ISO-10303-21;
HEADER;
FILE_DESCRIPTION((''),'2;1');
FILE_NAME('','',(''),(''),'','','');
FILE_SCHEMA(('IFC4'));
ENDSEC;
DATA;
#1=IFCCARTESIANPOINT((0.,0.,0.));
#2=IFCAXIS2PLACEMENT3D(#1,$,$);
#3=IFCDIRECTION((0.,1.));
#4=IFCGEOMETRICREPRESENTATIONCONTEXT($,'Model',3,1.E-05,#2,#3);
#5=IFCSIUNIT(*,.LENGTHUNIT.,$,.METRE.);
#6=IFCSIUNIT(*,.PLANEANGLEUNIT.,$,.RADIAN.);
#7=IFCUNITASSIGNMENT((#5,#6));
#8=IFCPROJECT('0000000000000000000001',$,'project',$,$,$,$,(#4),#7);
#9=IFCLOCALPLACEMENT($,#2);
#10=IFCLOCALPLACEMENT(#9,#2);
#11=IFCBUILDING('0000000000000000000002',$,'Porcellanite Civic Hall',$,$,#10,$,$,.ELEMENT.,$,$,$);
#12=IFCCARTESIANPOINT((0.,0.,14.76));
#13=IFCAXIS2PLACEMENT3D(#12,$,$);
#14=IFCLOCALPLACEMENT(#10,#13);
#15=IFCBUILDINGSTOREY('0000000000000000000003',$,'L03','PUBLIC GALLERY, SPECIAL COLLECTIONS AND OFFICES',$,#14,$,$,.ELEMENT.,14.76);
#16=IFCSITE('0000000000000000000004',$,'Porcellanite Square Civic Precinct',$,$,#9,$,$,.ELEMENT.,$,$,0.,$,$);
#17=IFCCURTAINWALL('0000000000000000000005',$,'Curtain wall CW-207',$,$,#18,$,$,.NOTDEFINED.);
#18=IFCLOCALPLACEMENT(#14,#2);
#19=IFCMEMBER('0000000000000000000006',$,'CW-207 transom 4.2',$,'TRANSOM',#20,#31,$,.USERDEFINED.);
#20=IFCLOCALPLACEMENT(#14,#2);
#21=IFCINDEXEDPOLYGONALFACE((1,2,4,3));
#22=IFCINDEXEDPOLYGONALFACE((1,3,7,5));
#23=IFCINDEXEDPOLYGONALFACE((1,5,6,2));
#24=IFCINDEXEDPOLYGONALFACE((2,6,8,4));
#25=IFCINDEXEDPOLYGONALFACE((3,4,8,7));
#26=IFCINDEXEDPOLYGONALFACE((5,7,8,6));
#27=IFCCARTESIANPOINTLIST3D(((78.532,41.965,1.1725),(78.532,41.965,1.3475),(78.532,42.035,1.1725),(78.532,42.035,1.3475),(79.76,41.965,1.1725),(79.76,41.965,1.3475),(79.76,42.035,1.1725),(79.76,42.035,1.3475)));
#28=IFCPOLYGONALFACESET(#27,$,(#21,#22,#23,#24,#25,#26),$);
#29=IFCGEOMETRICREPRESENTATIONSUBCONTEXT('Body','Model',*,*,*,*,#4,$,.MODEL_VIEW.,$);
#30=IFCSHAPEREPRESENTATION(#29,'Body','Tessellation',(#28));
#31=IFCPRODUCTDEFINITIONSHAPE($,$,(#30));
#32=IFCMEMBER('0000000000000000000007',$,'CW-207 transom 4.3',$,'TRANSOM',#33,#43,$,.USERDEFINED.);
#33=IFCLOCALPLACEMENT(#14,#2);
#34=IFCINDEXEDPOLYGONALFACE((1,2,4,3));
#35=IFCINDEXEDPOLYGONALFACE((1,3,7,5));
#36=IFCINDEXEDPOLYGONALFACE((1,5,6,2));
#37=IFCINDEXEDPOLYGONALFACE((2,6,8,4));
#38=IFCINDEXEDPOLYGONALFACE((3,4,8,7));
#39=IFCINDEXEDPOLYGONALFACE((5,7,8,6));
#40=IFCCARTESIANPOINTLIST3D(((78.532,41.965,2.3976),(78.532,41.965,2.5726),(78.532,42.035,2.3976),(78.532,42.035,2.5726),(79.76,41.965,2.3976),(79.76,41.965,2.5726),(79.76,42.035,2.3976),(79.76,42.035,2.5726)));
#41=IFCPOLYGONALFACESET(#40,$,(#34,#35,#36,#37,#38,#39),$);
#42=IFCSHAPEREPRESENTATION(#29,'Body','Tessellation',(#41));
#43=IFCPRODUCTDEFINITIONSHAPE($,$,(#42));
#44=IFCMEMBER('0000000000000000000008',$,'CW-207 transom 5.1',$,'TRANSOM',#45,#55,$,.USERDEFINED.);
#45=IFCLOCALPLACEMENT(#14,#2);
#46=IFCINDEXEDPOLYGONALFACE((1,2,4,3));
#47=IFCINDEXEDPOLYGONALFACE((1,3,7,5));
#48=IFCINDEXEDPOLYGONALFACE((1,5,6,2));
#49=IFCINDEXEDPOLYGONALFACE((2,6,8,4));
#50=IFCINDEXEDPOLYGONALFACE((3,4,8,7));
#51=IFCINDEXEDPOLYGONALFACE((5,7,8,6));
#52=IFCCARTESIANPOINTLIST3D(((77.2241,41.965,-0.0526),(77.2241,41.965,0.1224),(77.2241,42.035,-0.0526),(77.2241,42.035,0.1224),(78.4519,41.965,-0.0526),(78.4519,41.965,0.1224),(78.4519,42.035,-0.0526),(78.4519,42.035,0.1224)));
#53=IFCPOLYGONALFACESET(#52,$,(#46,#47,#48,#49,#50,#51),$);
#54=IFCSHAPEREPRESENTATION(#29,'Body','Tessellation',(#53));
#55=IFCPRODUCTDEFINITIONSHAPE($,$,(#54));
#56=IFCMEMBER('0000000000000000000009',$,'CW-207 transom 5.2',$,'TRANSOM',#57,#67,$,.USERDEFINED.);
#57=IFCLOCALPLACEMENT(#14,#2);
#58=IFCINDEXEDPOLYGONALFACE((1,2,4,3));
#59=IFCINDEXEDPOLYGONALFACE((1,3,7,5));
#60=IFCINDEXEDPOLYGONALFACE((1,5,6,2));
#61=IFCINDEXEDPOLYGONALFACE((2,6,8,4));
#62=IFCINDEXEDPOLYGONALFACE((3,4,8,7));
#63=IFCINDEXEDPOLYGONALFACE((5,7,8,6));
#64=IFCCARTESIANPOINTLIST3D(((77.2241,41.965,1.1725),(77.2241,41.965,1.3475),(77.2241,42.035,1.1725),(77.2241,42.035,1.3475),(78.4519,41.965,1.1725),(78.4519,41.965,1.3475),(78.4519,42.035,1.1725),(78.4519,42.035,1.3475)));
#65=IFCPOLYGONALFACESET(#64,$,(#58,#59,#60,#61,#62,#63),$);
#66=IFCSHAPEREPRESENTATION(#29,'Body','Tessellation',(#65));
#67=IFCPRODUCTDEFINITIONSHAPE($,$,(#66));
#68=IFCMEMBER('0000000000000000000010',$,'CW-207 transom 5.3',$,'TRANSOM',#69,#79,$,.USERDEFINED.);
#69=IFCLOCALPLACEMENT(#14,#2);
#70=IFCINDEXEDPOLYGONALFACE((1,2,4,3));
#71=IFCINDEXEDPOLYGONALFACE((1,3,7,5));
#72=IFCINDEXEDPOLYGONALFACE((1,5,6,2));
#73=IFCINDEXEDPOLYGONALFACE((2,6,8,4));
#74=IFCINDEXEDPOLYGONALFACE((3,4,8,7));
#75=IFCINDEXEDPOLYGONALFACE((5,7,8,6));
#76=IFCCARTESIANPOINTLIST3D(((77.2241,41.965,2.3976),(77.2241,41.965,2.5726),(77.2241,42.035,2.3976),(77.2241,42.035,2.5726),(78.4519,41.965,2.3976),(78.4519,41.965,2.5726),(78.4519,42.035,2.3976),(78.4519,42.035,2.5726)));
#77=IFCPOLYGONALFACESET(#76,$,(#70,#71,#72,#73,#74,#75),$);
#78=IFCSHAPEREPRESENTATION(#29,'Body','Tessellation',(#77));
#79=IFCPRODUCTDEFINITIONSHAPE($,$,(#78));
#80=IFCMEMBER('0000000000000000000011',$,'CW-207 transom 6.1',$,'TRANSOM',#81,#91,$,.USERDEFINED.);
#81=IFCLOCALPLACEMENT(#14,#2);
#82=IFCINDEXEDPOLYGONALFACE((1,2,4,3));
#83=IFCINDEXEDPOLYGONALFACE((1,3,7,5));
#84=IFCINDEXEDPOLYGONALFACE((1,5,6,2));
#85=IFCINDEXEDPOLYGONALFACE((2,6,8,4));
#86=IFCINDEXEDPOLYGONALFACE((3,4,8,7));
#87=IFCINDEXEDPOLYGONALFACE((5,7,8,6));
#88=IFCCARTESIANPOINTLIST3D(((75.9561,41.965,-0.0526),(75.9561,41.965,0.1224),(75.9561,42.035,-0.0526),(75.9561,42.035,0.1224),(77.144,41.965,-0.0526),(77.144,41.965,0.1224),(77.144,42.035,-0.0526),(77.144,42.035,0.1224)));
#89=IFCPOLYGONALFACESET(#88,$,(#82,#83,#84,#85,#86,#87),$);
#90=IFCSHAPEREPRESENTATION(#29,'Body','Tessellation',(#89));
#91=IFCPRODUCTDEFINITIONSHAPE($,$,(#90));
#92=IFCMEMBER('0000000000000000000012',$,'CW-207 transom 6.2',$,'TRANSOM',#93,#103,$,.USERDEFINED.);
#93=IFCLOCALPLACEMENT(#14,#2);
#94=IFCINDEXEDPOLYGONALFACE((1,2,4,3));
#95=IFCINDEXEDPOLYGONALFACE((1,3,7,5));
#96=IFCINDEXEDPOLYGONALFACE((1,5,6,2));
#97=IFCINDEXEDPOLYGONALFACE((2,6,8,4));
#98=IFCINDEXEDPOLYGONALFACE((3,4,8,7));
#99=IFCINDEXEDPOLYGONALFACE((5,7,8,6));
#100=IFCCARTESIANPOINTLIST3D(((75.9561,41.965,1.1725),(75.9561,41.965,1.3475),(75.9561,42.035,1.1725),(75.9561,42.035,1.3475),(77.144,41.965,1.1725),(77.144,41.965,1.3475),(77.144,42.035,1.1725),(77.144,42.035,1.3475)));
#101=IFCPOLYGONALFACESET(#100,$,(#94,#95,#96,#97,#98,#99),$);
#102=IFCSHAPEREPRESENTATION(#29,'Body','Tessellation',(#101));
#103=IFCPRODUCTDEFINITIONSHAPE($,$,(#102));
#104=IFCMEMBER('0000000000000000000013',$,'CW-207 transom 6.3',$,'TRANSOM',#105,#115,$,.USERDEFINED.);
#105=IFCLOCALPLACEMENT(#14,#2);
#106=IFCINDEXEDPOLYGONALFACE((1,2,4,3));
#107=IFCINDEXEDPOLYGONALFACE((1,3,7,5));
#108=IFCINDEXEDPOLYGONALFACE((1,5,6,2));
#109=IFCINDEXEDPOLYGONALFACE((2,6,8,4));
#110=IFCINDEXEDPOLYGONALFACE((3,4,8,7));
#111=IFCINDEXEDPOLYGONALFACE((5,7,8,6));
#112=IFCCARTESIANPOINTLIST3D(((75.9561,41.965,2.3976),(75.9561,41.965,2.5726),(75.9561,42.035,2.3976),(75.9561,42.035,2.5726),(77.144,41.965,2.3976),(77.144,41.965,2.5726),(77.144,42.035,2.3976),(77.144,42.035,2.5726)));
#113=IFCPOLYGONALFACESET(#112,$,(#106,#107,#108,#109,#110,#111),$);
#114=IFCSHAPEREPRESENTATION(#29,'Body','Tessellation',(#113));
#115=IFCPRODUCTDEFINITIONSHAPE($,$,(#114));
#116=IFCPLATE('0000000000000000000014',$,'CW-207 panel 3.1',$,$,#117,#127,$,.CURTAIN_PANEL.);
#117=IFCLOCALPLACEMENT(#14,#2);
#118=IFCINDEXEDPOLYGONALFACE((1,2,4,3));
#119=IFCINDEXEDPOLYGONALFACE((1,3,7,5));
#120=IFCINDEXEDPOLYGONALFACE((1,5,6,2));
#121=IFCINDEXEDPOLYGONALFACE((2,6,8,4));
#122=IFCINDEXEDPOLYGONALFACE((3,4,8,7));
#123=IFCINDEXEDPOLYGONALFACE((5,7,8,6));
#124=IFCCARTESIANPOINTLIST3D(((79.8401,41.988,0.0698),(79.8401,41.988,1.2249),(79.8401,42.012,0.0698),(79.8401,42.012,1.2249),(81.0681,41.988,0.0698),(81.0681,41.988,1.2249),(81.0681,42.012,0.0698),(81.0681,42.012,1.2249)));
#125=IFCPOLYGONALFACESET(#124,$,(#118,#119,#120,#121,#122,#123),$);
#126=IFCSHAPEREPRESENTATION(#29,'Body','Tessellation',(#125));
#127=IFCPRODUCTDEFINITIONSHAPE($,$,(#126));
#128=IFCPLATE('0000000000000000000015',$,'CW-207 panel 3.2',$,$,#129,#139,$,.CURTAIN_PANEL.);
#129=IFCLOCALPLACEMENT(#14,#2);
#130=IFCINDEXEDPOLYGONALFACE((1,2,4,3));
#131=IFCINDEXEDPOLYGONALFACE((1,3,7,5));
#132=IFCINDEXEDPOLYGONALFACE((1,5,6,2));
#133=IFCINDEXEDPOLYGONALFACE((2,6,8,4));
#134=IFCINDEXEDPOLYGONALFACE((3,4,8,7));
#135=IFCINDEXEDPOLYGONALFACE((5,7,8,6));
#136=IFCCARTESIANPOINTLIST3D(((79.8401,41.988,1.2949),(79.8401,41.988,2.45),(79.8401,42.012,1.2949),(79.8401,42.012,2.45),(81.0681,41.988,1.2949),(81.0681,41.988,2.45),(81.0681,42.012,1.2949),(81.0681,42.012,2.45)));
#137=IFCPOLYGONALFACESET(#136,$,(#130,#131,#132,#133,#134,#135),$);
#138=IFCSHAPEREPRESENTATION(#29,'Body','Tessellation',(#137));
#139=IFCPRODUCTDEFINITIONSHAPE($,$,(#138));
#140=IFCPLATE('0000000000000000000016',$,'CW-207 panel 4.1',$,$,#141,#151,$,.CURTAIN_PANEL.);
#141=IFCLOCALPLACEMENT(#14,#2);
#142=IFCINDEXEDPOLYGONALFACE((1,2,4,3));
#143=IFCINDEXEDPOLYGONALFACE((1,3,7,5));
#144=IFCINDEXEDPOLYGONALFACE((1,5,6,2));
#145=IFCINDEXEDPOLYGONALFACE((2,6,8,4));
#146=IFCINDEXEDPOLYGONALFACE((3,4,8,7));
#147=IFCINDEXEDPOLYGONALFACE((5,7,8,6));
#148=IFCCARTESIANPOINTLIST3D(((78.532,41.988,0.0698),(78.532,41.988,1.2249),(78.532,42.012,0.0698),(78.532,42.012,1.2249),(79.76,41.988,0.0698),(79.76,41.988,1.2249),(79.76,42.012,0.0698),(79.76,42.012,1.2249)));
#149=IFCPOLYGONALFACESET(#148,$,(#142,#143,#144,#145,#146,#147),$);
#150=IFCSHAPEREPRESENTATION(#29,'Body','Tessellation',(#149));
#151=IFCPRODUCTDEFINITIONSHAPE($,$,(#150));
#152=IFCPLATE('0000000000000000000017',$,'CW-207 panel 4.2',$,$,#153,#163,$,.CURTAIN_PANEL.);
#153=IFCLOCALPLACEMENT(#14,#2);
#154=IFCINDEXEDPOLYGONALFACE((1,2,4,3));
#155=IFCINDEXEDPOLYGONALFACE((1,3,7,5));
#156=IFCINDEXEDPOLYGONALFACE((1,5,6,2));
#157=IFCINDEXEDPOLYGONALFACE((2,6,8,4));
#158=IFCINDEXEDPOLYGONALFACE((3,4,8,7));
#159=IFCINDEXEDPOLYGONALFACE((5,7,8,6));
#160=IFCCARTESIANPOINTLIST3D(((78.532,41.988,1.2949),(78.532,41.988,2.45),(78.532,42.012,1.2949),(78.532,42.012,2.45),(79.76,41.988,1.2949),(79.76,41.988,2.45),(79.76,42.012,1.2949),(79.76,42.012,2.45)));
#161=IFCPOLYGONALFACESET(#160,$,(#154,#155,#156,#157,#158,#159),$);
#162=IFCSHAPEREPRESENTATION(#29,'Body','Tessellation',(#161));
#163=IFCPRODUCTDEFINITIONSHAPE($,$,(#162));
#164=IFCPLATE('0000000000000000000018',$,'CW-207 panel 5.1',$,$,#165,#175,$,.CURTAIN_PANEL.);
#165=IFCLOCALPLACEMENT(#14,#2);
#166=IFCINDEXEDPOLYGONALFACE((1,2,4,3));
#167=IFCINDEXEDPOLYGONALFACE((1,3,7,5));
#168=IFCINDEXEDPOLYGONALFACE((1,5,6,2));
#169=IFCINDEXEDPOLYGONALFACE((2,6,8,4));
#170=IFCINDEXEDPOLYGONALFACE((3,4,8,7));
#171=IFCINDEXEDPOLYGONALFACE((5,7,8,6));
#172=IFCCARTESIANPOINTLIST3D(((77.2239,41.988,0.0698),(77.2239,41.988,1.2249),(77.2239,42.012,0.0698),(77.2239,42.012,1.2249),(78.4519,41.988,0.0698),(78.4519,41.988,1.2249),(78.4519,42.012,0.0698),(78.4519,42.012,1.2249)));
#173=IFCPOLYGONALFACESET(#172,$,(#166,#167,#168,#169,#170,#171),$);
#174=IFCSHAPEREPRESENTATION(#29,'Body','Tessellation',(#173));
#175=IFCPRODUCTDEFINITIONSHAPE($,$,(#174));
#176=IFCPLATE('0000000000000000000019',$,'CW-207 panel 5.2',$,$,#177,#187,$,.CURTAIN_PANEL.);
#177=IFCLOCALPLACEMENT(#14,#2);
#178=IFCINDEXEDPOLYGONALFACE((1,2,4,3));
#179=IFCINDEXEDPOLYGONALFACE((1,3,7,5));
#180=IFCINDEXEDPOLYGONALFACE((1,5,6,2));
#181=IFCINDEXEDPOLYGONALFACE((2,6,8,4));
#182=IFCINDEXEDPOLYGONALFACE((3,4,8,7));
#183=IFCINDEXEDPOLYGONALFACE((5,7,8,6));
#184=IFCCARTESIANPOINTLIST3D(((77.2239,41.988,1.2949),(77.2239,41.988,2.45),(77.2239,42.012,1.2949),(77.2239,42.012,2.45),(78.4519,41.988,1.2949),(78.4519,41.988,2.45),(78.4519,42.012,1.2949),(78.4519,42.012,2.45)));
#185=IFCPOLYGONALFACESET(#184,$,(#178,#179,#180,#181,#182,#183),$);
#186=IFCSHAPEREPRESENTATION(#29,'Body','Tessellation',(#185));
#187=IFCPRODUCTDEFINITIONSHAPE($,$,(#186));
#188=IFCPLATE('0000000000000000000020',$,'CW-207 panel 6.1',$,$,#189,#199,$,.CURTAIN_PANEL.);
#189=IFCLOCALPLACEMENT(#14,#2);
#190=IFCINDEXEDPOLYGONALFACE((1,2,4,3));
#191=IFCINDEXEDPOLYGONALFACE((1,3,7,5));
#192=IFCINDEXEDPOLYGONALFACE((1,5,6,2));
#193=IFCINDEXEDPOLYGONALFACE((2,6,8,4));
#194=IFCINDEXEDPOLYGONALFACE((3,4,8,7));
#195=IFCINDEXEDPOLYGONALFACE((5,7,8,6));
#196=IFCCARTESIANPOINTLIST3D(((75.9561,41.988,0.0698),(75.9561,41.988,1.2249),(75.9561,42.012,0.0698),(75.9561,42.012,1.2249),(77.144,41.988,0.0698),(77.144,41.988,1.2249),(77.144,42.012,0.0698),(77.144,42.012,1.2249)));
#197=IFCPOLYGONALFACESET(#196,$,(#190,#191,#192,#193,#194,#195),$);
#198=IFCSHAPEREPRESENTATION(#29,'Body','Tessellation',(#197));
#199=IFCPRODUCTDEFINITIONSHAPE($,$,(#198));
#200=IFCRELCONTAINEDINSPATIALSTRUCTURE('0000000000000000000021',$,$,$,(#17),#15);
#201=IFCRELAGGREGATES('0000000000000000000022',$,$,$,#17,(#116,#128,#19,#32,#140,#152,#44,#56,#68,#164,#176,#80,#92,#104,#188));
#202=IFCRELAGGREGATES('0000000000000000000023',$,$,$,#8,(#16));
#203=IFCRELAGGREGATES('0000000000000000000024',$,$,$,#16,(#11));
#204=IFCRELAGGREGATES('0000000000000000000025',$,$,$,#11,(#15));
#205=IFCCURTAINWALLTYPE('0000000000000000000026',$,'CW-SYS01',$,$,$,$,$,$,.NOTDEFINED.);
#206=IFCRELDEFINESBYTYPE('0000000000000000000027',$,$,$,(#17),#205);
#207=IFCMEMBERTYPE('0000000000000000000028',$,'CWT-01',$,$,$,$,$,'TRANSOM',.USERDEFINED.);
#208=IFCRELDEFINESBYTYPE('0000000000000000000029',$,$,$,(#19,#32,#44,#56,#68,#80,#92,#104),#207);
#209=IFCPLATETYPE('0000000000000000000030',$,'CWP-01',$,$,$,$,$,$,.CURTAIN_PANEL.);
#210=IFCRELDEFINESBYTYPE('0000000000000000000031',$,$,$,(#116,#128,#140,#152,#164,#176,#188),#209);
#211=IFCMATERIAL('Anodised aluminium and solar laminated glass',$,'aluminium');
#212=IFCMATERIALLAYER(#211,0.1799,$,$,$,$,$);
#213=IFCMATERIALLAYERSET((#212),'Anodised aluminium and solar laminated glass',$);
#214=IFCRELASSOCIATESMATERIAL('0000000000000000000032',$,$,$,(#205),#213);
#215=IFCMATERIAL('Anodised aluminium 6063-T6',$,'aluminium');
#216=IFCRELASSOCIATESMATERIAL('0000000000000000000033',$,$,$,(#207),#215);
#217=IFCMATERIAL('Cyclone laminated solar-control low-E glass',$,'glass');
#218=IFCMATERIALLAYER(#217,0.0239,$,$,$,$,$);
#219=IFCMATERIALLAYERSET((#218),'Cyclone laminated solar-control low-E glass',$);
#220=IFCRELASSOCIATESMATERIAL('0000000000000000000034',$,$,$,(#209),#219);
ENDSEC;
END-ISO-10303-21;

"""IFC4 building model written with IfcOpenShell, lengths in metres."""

from ifc_helpers import new_model, si_unit, direction, frame, origin, origin_2d, place, context, subcontext, project, spatial, rectangle, extrude, material, layer, layer_set, material_profile, profile_set, type_object, element, aggregate, save


model = new_model("IFC4")

# Units and contexts
model_context = context("Model", 3, precision=1e-05, world=origin(), true_north=direction((0.0, 1.0)))
body_context = subcontext(model_context, "Body", "Model", "MODEL_VIEW")
ifc_project = project(units=[si_unit("LENGTHUNIT", "METRE"), si_unit("PLANEANGLEUNIT", "RADIAN")], contexts=[model_context])

# Site, building, storey
site_placement = place(None, origin())
site = spatial("IfcSite", under=ifc_project, at=site_placement, Name="Porcellanite Square Civic Precinct", CompositionType="ELEMENT", RefElevation=0.0)
building_placement = place(site_placement, origin())
building = spatial("IfcBuilding", under=site, at=building_placement, Name="Porcellanite Civic Hall", CompositionType="ELEMENT")
storey_placement = place(building_placement, frame((0.0, 0.0, 14.76)))
storey = spatial("IfcBuildingStorey", under=building, at=storey_placement, Name="L03", Description="PUBLIC GALLERY, SPECIAL COLLECTIONS AND OFFICES", CompositionType="ELEMENT", Elevation=14.76)

# Curtain wall, members, plates
ifc_material_1 = material(Name="Anodised aluminium and solar laminated glass", Category="aluminium")
ifc_layer_1 = layer(ifc_material_1, 0.1799)
ifc_layer_set_1 = layer_set([ifc_layer_1], Name="Anodised aluminium and solar laminated glass")
curtain_wall_type = type_object("IfcCurtainWallType", Name="CW-SYS01", PredefinedType="NOTDEFINED", material=ifc_layer_set_1)
curtain_wall_placement = place(storey_placement, origin())
curtain_wall = element("IfcCurtainWall", 1, at=curtain_wall_placement, inside=storey, type_object=curtain_wall_type, Name="Curtain wall CW-207", PredefinedType="NOTDEFINED")
ifc_material_2 = material(Name="Anodised aluminium 6063-T6", Category="aluminium")
ifc_material_profile_1 = material_profile(ifc_material_2, rectangle(XDim=0.0701, YDim=0.175, at=origin_2d()), Name="AL-70x175")
ifc_profile_set_1 = profile_set([ifc_material_profile_1], Name="Anodised aluminium 6063-T6")
member_type_1 = type_object("IfcMemberType", Name="CWT-01", ElementType="TRANSOM", PredefinedType="USERDEFINED", material=ifc_profile_set_1)
member_1_placement = place(storey_placement, frame((79.76, 42.0, 1.26), z_axis=(-1.0, 0.0, 0.0), x_axis=(0.0, -1.0, 0.0)))
member_1 = element("IfcMember", 2, at=member_1_placement, type_object=member_type_1, Name="CW-207 transom 4.2", ObjectType="TRANSOM", PredefinedType="USERDEFINED", context=body_context, shape_type="SweptSolid", body=[
    extrude(rectangle(XDim=0.0701, YDim=0.175, at=origin_2d()), origin(), (0.0, 0.0, 1.0), 1.228),
])
member_2_placement = place(storey_placement, frame((79.76, 42.0, 2.4851), z_axis=(-1.0, 0.0, 0.0), x_axis=(0.0, -1.0, 0.0)))
member_2 = element("IfcMember", 3, at=member_2_placement, type_object=member_type_1, Name="CW-207 transom 4.3", ObjectType="TRANSOM", PredefinedType="USERDEFINED", context=body_context, shape_type="SweptSolid", body=[
    extrude(rectangle(XDim=0.0701, YDim=0.175, at=origin_2d()), origin(), (0.0, 0.0, 1.0), 1.228),
])
member_3_placement = place(storey_placement, frame((78.4519, 42.0, 0.0349), z_axis=(-1.0, 0.0, 0.0), x_axis=(0.0, -1.0, 0.0)))
member_3 = element("IfcMember", 4, at=member_3_placement, type_object=member_type_1, Name="CW-207 transom 5.1", ObjectType="TRANSOM", PredefinedType="USERDEFINED", context=body_context, shape_type="SweptSolid", body=[
    extrude(rectangle(XDim=0.0701, YDim=0.175, at=origin_2d()), origin(), (0.0, 0.0, 1.0), 1.2278),
])
member_4_placement = place(storey_placement, frame((78.4519, 42.0, 1.26), z_axis=(-1.0, 0.0, 0.0), x_axis=(0.0, -1.0, 0.0)))
member_4 = element("IfcMember", 5, at=member_4_placement, type_object=member_type_1, Name="CW-207 transom 5.2", ObjectType="TRANSOM", PredefinedType="USERDEFINED", context=body_context, shape_type="SweptSolid", body=[
    extrude(rectangle(XDim=0.0701, YDim=0.175, at=origin_2d()), origin(), (0.0, 0.0, 1.0), 1.2278),
])
member_5_placement = place(storey_placement, frame((78.4519, 42.0, 2.4851), z_axis=(-1.0, 0.0, 0.0), x_axis=(0.0, -1.0, 0.0)))
member_5 = element("IfcMember", 6, at=member_5_placement, type_object=member_type_1, Name="CW-207 transom 5.3", ObjectType="TRANSOM", PredefinedType="USERDEFINED", context=body_context, shape_type="SweptSolid", body=[
    extrude(rectangle(XDim=0.0701, YDim=0.175, at=origin_2d()), origin(), (0.0, 0.0, 1.0), 1.2278),
])
member_6_placement = place(storey_placement, frame((77.144, 42.0, 0.0349), z_axis=(-1.0, 0.0, 0.0), x_axis=(0.0, -1.0, 0.0)))
member_6 = element("IfcMember", 7, at=member_6_placement, type_object=member_type_1, Name="CW-207 transom 6.1", ObjectType="TRANSOM", PredefinedType="USERDEFINED", context=body_context, shape_type="SweptSolid", body=[
    extrude(rectangle(XDim=0.0701, YDim=0.175, at=origin_2d()), origin(), (0.0, 0.0, 1.0), 1.188),
])
member_7_placement = place(storey_placement, frame((77.144, 42.0, 1.26), z_axis=(-1.0, 0.0, 0.0), x_axis=(0.0, -1.0, 0.0)))
member_7 = element("IfcMember", 8, at=member_7_placement, type_object=member_type_1, Name="CW-207 transom 6.2", ObjectType="TRANSOM", PredefinedType="USERDEFINED", context=body_context, shape_type="SweptSolid", body=[
    extrude(rectangle(XDim=0.0701, YDim=0.175, at=origin_2d()), origin(), (0.0, 0.0, 1.0), 1.188),
])
member_8_placement = place(storey_placement, frame((77.144, 42.0, 2.4851), z_axis=(-1.0, 0.0, 0.0), x_axis=(0.0, -1.0, 0.0)))
member_8 = element("IfcMember", 9, at=member_8_placement, type_object=member_type_1, Name="CW-207 transom 6.3", ObjectType="TRANSOM", PredefinedType="USERDEFINED", context=body_context, shape_type="SweptSolid", body=[
    extrude(rectangle(XDim=0.0701, YDim=0.175, at=origin_2d()), origin(), (0.0, 0.0, 1.0), 1.188),
])
ifc_material_3 = material(Name="Cyclone laminated solar-control low-E glass", Category="glass")
ifc_layer_2 = layer(ifc_material_3, 0.0239)
ifc_layer_set_2 = layer_set([ifc_layer_2], Name="Cyclone laminated solar-control low-E glass")
plate_type = type_object("IfcPlateType", Name="CWP-01", PredefinedType="CURTAIN_PANEL", material=ifc_layer_set_2)
plate_1_placement = place(storey_placement, frame((80.4541, 42.0, 0.0698), z_axis=(0.0, 0.0, 1.0), x_axis=(-1.0, 0.0, 0.0)))
plate_1 = element("IfcPlate", 10, at=plate_1_placement, type_object=plate_type, Name="CW-207 panel 3.1", PredefinedType="CURTAIN_PANEL", context=body_context, shape_type="SweptSolid", body=[
    extrude(rectangle(XDim=1.228, YDim=0.0239, at=origin_2d()), origin(), (0.0, 0.0, 1.0), 1.155),
])
plate_2_placement = place(storey_placement, frame((80.4541, 42.0, 1.2949), z_axis=(0.0, 0.0, 1.0), x_axis=(-1.0, 0.0, 0.0)))
plate_2 = element("IfcPlate", 11, at=plate_2_placement, type_object=plate_type, Name="CW-207 panel 3.2", PredefinedType="CURTAIN_PANEL", context=body_context, shape_type="SweptSolid", body=[
    extrude(rectangle(XDim=1.228, YDim=0.0239, at=origin_2d()), origin(), (0.0, 0.0, 1.0), 1.155),
])
plate_3_placement = place(storey_placement, frame((79.146, 42.0, 0.0698), z_axis=(0.0, 0.0, 1.0), x_axis=(-1.0, 0.0, 0.0)))
plate_3 = element("IfcPlate", 12, at=plate_3_placement, type_object=plate_type, Name="CW-207 panel 4.1", PredefinedType="CURTAIN_PANEL", context=body_context, shape_type="SweptSolid", body=[
    extrude(rectangle(XDim=1.228, YDim=0.0239, at=origin_2d()), origin(), (0.0, 0.0, 1.0), 1.155),
])
plate_4_placement = place(storey_placement, frame((79.146, 42.0, 1.2949), z_axis=(0.0, 0.0, 1.0), x_axis=(-1.0, 0.0, 0.0)))
plate_4 = element("IfcPlate", 13, at=plate_4_placement, type_object=plate_type, Name="CW-207 panel 4.2", PredefinedType="CURTAIN_PANEL", context=body_context, shape_type="SweptSolid", body=[
    extrude(rectangle(XDim=1.228, YDim=0.0239, at=origin_2d()), origin(), (0.0, 0.0, 1.0), 1.155),
])
plate_5_placement = place(storey_placement, frame((77.8379, 42.0, 0.0698), z_axis=(0.0, 0.0, 1.0), x_axis=(-1.0, 0.0, 0.0)))
plate_5 = element("IfcPlate", 14, at=plate_5_placement, type_object=plate_type, Name="CW-207 panel 5.1", PredefinedType="CURTAIN_PANEL", context=body_context, shape_type="SweptSolid", body=[
    extrude(rectangle(XDim=1.228, YDim=0.0239, at=origin_2d()), origin(), (0.0, 0.0, 1.0), 1.155),
])
plate_6_placement = place(storey_placement, frame((77.8379, 42.0, 1.2949), z_axis=(0.0, 0.0, 1.0), x_axis=(-1.0, 0.0, 0.0)))
plate_6 = element("IfcPlate", 15, at=plate_6_placement, type_object=plate_type, Name="CW-207 panel 5.2", PredefinedType="CURTAIN_PANEL", context=body_context, shape_type="SweptSolid", body=[
    extrude(rectangle(XDim=1.228, YDim=0.0239, at=origin_2d()), origin(), (0.0, 0.0, 1.0), 1.155),
])
plate_7_placement = place(storey_placement, frame((76.55, 42.0, 0.0698), z_axis=(0.0, 0.0, 1.0), x_axis=(-1.0, 0.0, 0.0)))
plate_7 = element("IfcPlate", 16, at=plate_7_placement, type_object=plate_type, Name="CW-207 panel 6.1", PredefinedType="CURTAIN_PANEL", context=body_context, shape_type="SweptSolid", body=[
    extrude(rectangle(XDim=1.188, YDim=0.0239, at=origin_2d()), origin(), (0.0, 0.0, 1.0), 1.155),
])
aggregate(curtain_wall, [plate_1, plate_2, member_1, member_2, plate_3, plate_4, member_3, member_4, member_5, plate_5, plate_6, member_6, member_7, member_8, plate_7])

save(model, "model.ifc")
